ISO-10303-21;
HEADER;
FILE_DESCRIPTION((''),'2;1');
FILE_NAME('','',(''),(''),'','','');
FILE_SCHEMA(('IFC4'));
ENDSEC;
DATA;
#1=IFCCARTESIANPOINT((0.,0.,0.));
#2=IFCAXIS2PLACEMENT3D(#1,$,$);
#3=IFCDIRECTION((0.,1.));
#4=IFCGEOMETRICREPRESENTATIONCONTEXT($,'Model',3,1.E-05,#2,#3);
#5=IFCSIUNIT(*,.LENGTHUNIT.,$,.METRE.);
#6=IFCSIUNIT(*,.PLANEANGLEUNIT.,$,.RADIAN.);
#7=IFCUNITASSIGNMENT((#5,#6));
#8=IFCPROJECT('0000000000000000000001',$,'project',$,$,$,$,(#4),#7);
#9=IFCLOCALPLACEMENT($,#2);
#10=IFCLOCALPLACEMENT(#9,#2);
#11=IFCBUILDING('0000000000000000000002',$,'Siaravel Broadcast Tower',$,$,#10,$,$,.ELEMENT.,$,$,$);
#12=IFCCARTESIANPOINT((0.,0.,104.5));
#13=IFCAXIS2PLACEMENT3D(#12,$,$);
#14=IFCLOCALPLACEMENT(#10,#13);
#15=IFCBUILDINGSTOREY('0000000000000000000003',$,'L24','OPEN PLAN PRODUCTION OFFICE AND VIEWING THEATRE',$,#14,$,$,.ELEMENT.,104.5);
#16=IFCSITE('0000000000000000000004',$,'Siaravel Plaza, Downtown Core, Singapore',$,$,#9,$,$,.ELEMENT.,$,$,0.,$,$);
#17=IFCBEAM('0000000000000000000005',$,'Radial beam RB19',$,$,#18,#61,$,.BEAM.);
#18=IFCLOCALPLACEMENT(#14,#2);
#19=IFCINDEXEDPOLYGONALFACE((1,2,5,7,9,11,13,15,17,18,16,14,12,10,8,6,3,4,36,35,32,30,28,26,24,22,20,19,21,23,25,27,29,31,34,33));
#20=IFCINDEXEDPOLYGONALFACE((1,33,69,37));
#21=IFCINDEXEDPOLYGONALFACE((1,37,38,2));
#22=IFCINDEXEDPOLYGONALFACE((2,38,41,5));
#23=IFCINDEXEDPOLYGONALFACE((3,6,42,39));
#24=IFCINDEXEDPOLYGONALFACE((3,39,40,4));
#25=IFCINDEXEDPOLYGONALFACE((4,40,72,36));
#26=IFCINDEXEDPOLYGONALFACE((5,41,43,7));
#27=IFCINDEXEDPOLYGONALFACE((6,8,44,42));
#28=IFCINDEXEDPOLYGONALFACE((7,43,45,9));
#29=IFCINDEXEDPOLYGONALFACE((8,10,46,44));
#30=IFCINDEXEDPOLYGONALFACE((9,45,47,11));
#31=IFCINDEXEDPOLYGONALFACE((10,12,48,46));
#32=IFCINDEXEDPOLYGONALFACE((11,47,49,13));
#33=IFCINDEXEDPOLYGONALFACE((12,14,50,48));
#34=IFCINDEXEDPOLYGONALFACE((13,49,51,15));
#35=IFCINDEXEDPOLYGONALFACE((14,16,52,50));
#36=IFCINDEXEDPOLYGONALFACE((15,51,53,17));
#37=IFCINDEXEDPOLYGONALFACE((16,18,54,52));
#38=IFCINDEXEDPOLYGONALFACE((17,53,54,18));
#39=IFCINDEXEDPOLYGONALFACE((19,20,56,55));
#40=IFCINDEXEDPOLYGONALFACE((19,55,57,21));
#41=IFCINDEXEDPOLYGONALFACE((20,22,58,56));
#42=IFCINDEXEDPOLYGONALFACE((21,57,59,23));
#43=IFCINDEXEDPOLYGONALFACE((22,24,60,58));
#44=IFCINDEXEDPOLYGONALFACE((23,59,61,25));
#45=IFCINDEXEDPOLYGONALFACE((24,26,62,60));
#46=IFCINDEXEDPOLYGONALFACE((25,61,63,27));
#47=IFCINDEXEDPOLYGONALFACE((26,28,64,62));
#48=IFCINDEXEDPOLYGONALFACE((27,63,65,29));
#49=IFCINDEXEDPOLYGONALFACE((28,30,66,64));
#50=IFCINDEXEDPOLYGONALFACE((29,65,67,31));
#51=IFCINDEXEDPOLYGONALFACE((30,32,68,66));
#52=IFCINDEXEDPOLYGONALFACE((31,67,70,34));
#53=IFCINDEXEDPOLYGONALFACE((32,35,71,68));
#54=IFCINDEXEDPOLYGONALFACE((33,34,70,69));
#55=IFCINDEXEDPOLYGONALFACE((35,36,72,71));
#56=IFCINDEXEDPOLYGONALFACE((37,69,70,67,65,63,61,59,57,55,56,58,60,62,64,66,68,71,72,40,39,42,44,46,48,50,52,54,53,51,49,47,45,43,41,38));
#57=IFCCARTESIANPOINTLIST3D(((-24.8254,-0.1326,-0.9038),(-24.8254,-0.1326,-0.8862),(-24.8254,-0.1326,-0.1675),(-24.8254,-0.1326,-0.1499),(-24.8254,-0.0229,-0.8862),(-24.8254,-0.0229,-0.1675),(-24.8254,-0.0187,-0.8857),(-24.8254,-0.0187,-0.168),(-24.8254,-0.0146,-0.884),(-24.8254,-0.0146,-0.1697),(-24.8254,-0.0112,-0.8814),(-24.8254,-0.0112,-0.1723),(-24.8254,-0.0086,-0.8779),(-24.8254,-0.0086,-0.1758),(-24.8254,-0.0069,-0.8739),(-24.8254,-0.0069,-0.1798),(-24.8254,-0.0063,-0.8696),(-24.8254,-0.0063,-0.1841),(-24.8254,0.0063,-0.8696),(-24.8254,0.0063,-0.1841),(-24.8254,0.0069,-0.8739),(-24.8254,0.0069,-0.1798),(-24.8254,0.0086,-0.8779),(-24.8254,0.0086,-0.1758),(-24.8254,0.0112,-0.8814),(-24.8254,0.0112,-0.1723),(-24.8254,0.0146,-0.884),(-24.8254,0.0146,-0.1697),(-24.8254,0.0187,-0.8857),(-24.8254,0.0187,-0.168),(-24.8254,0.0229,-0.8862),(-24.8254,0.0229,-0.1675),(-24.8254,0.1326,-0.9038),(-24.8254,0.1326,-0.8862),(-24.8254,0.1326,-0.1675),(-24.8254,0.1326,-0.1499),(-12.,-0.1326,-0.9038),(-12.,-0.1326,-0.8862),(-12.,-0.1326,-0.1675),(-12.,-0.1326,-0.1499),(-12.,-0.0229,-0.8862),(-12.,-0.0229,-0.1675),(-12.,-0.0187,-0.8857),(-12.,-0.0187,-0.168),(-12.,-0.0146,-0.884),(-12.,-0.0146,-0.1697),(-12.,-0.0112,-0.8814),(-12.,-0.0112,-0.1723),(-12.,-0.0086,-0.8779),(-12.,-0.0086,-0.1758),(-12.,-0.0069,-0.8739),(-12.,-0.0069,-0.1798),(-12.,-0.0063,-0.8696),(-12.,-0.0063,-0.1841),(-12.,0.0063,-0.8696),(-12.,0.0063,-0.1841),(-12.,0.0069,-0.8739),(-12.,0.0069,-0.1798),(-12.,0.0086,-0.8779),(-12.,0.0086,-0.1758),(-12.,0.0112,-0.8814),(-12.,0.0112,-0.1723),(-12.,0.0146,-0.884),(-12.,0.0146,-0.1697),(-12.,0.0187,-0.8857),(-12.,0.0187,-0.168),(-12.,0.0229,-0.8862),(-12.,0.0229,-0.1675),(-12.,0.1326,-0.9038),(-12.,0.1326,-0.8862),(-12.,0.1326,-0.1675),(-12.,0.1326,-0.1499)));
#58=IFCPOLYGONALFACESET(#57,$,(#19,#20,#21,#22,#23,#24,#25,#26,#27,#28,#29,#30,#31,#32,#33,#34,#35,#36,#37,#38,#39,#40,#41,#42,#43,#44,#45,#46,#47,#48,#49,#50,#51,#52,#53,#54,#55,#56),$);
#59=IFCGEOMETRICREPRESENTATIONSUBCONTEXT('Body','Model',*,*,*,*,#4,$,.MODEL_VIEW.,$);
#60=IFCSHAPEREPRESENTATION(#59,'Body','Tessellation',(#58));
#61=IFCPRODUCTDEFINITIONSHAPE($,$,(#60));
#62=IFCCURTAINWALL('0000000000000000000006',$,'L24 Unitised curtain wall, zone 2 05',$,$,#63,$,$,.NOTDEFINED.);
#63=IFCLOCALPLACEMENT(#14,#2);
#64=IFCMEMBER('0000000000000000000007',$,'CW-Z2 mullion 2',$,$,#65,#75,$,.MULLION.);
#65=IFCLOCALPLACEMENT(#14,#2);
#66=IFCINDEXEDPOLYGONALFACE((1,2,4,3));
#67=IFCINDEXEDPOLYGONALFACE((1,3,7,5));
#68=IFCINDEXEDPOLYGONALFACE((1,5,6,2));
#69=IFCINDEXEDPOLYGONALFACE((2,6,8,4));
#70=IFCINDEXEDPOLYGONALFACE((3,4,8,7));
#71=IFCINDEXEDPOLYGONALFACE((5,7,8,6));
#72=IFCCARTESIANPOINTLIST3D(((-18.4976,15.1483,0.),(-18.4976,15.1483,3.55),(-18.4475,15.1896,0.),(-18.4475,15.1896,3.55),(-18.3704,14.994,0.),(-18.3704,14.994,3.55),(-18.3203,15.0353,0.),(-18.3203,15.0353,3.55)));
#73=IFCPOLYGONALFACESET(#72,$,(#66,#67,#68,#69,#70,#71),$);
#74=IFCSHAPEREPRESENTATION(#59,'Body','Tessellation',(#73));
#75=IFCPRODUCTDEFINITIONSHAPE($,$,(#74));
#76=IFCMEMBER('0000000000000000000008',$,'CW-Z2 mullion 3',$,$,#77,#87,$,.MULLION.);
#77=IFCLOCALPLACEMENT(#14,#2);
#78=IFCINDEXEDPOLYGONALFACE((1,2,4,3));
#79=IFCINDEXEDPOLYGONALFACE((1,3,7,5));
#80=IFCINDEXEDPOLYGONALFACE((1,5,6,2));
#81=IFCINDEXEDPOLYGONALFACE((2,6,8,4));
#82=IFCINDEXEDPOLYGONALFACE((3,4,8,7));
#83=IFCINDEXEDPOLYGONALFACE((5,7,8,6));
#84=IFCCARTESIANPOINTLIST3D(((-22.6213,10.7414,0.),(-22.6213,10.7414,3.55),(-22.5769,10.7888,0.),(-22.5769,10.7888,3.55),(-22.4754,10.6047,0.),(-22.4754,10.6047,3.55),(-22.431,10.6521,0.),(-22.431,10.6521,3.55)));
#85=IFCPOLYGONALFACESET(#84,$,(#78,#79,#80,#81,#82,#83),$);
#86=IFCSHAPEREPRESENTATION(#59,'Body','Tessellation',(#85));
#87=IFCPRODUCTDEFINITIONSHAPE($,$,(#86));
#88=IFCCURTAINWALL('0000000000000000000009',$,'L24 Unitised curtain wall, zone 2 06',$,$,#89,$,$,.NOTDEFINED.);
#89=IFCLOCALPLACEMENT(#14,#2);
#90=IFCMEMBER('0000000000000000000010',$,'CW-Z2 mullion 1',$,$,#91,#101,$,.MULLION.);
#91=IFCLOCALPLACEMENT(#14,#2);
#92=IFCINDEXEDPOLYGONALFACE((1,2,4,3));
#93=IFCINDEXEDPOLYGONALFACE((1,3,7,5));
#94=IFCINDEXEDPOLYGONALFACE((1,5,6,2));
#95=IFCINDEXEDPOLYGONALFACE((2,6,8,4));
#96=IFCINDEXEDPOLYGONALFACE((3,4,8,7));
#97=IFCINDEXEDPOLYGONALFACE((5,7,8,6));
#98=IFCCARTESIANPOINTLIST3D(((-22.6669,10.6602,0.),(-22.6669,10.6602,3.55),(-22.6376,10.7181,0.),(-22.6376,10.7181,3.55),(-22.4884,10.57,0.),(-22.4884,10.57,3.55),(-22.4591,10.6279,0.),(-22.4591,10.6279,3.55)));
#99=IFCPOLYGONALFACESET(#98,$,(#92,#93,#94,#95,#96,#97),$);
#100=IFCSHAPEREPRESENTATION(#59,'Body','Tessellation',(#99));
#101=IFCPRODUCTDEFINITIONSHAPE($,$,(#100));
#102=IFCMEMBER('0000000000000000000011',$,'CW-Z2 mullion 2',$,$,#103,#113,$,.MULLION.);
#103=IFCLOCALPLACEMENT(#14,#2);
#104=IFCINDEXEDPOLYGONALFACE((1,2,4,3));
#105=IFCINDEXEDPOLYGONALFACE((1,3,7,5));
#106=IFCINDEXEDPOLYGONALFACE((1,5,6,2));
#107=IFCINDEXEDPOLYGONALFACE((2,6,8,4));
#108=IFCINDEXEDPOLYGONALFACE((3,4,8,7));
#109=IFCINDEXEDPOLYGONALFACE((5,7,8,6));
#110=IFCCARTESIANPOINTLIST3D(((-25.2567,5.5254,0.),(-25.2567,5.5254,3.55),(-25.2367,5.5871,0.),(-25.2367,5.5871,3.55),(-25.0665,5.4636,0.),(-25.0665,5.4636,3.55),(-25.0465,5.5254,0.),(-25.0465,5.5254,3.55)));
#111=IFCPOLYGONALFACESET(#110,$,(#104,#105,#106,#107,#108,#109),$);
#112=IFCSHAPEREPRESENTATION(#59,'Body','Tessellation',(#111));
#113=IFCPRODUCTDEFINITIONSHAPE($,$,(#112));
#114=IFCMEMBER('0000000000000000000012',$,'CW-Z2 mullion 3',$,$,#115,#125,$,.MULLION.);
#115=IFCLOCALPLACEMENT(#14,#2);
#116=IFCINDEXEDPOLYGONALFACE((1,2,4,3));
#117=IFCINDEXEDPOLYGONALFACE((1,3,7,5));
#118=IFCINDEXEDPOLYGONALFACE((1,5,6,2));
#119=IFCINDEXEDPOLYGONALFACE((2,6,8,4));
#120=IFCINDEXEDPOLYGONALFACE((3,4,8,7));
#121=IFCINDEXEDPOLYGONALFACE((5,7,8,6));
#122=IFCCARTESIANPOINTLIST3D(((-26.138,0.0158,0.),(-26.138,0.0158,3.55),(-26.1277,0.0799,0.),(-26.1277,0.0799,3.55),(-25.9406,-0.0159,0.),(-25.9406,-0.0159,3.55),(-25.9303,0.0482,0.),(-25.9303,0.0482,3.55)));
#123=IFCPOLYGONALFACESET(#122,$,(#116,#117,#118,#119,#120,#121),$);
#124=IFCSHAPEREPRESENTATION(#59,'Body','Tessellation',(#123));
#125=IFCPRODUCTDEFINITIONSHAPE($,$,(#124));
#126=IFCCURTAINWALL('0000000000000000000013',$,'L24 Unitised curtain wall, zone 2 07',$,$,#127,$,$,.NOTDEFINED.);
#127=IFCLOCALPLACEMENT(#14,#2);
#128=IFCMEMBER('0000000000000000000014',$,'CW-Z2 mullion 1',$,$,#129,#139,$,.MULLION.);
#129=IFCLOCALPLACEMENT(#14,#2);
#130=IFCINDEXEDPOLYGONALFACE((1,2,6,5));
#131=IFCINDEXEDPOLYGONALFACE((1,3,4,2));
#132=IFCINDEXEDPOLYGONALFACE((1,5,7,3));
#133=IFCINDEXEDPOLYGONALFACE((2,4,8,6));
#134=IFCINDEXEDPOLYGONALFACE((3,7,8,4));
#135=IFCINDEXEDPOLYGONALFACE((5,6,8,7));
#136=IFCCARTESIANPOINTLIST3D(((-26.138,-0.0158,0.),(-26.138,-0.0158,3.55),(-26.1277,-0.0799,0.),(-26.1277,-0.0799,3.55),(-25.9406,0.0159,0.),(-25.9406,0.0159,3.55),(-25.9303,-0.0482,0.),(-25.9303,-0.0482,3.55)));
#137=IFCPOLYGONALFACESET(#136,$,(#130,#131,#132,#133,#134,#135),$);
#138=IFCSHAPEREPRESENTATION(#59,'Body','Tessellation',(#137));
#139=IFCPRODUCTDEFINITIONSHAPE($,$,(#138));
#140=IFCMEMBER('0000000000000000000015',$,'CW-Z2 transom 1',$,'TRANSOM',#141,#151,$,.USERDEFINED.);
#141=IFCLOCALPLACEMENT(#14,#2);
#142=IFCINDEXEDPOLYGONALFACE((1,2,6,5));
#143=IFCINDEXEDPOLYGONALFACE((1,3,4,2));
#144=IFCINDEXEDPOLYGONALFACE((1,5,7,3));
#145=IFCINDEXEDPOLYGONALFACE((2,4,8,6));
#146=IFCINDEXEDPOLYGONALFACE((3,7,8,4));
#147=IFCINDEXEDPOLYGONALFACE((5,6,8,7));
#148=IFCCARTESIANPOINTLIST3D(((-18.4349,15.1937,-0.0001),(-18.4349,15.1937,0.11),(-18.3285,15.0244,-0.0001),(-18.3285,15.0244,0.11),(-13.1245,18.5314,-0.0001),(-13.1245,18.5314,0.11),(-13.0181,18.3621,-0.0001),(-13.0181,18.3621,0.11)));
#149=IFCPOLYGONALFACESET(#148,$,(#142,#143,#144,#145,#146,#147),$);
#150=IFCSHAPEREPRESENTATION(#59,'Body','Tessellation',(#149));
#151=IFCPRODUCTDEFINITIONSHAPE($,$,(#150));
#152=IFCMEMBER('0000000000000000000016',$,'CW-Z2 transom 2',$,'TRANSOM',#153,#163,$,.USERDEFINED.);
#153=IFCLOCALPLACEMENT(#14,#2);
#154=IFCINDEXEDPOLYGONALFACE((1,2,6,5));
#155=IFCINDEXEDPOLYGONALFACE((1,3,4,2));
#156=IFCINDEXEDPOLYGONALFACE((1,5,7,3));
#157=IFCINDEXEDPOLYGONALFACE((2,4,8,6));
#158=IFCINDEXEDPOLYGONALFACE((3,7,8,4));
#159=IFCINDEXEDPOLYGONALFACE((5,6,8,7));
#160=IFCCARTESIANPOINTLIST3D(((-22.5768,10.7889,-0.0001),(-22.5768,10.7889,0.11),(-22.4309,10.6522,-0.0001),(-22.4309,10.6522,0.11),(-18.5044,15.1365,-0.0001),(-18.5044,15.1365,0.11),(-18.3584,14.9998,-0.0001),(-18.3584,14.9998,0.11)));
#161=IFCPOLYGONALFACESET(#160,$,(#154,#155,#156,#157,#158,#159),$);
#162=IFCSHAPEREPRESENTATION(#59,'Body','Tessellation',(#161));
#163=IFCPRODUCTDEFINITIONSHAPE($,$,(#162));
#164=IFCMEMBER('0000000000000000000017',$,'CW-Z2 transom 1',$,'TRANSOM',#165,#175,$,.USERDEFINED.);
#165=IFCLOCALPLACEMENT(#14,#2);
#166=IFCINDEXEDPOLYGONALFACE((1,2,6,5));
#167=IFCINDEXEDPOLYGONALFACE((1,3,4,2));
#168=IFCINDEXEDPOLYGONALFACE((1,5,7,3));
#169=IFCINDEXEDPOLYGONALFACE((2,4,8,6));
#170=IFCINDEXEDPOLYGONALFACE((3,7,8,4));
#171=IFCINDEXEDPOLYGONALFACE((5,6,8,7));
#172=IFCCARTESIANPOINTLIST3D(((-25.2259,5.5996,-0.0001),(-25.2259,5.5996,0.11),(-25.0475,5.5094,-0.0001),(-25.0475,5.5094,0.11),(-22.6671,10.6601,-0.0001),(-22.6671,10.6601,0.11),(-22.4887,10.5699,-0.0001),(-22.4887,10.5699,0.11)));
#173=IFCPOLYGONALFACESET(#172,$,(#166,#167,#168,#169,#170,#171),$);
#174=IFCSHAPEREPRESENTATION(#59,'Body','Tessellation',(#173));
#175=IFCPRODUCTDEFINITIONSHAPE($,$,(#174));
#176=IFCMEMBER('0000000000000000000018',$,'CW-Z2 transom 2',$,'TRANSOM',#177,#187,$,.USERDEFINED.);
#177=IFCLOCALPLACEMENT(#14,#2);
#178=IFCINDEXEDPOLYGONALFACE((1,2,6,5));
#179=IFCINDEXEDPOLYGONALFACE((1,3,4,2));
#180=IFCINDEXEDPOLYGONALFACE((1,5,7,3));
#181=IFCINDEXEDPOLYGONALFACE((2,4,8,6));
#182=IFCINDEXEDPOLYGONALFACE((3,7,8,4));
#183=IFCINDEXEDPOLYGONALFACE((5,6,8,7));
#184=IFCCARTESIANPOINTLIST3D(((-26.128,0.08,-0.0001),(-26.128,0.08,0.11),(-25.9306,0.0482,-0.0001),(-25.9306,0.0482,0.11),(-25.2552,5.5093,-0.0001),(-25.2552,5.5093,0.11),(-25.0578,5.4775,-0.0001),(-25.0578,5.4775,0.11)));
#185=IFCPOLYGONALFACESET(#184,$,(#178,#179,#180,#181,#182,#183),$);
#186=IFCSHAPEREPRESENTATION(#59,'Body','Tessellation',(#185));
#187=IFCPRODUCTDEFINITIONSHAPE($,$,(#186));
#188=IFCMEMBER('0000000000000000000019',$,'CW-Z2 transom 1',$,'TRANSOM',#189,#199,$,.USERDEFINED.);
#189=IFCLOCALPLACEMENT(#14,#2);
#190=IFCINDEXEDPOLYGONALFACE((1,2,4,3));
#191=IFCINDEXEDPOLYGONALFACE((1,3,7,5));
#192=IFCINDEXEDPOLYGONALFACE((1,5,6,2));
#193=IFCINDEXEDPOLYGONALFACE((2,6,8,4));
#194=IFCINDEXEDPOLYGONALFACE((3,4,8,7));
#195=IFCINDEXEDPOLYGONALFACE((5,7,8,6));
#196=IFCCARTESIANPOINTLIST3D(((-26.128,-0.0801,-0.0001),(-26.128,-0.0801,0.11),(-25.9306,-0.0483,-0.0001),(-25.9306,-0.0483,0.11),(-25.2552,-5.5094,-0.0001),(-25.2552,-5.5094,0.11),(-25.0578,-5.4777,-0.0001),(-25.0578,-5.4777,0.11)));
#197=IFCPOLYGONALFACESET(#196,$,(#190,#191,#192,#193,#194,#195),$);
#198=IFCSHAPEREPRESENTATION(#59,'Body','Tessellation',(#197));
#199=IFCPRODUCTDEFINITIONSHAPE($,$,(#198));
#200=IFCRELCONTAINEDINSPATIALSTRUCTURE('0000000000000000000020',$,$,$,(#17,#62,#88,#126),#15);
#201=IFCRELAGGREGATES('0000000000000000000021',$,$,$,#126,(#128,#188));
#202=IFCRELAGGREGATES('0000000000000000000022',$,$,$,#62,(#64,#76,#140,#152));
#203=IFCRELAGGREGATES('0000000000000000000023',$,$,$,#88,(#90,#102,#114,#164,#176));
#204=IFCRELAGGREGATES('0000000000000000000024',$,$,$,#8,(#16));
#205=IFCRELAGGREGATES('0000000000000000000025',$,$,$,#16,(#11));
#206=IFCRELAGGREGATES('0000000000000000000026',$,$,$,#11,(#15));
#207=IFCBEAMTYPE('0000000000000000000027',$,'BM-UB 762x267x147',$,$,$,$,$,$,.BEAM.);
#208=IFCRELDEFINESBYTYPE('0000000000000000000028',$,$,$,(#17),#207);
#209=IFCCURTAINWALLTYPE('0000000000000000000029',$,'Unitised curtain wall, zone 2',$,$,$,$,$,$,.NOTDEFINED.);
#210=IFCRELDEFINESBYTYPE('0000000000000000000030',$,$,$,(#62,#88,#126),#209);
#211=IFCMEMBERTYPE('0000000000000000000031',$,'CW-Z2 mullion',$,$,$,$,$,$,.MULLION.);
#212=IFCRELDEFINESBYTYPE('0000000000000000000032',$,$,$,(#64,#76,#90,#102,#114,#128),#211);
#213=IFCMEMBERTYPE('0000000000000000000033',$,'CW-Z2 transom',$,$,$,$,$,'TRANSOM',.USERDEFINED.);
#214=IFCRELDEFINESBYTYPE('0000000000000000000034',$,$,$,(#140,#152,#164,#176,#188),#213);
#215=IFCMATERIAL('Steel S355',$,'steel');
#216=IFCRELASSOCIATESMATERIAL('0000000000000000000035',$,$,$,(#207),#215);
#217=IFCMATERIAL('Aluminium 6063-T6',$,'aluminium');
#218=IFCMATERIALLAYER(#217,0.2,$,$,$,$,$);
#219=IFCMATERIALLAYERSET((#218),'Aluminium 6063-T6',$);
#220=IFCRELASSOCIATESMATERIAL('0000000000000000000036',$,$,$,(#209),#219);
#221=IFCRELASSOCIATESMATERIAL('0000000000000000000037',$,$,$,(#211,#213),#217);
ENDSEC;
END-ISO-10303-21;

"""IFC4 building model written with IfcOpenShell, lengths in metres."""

from ifc_helpers import new_model, si_unit, direction, frame, origin, origin_2d, place, context, subcontext, project, spatial, rectangle, i_section, extrude, material, layer, layer_set, material_profile, profile_set, type_object, element, aggregate, save


model = new_model("IFC4")

# Units and contexts
model_context = context("Model", 3, precision=1e-05, world=origin(), true_north=direction((0.0, 1.0)))
body_context = subcontext(model_context, "Body", "Model", "MODEL_VIEW")
ifc_project = project(units=[si_unit("LENGTHUNIT", "METRE"), si_unit("PLANEANGLEUNIT", "RADIAN")], contexts=[model_context])

# Site, building, storey
site_placement = place(None, origin())
site = spatial("IfcSite", under=ifc_project, at=site_placement, Name="Siaravel Plaza, Downtown Core, Singapore", CompositionType="ELEMENT", RefElevation=0.0)
building_placement = place(site_placement, origin())
building = spatial("IfcBuilding", under=site, at=building_placement, Name="Siaravel Broadcast Tower", CompositionType="ELEMENT")
storey_placement = place(building_placement, frame((0.0, 0.0, 104.5)))
storey = spatial("IfcBuildingStorey", under=building, at=storey_placement, Name="L24", Description="OPEN PLAN PRODUCTION OFFICE AND VIEWING THEATRE", CompositionType="ELEMENT", Elevation=104.5)

# Beam
ifc_material_1 = material(Name="Steel S355", Category="steel")
ifc_material_profile_1 = material_profile(ifc_material_1, i_section(OverallWidth=0.2651, OverallDepth=0.7539, WebThickness=0.0127, FlangeThickness=0.0176, FilletRadius=0.0166, at=origin_2d()))
ifc_profile_set_1 = profile_set([ifc_material_profile_1], Name="Steel S355")
beam_type = type_object("IfcBeamType", Name="BM-UB 762x267x147", PredefinedType="BEAM", material=ifc_profile_set_1)
beam_1_placement = place(storey_placement, frame((-24.8254, 0.0, -0.5269), z_axis=(1.0, 0.0, 0.0), x_axis=(0.0, 1.0, 0.0)))
element("IfcBeam", 1, at=beam_1_placement, inside=storey, type_object=beam_type, Name="Radial beam RB19", PredefinedType="BEAM", context=body_context, shape_type="SweptSolid", body=[
    extrude(i_section(OverallWidth=0.2651, OverallDepth=0.7539, WebThickness=0.0127, FlangeThickness=0.0176, FilletRadius=0.0166, at=origin_2d()), origin(), (0.0, 0.0, 1.0), 12.8254),
])

# Curtain walls, members
ifc_material_2 = material(Name="Aluminium 6063-T6", Category="aluminium")
ifc_layer_1 = layer(ifc_material_2, 0.2)
ifc_layer_set_1 = layer_set([ifc_layer_1], Name="Aluminium 6063-T6")
curtain_wall_type = type_object("IfcCurtainWallType", Name="Unitised curtain wall, zone 2", PredefinedType="NOTDEFINED", material=ifc_layer_set_1)
curtain_wall_1_placement = place(storey_placement, origin())
curtain_wall_1 = element("IfcCurtainWall", 2, at=curtain_wall_1_placement, inside=storey, type_object=curtain_wall_type, Name="L24 Unitised curtain wall, zone 2 05", PredefinedType="NOTDEFINED")
ifc_material_profile_2 = material_profile(ifc_material_2, rectangle(XDim=0.2, YDim=0.0649, at=origin_2d()))
ifc_profile_set_2 = profile_set([ifc_material_profile_2], Name="Aluminium 6063-T6")
member_type_1 = type_object("IfcMemberType", Name="CW-Z2 mullion", PredefinedType="MULLION", material=ifc_profile_set_2)
member_1_placement = place(storey_placement, frame((-18.4089, 15.0918, 0.0), z_axis=(0.0, 0.0, 1.0), x_axis=(0.636218, -0.771509, 0.0)))
member_1 = element("IfcMember", 3, at=member_1_placement, type_object=member_type_1, Name="CW-Z2 mullion 2", PredefinedType="MULLION", context=body_context, shape_type="SweptSolid", body=[
    extrude(rectangle(XDim=0.2, YDim=0.0649, at=origin_2d()), origin(), (0.0, 0.0, 1.0), 3.55),
])
member_2_placement = place(storey_placement, frame((-22.5261, 10.6968, 0.0), z_axis=(0.0, 0.0, 1.0), x_axis=(0.729805, -0.683656, 0.0)))
member_2 = element("IfcMember", 4, at=member_2_placement, type_object=member_type_1, Name="CW-Z2 mullion 3", PredefinedType="MULLION", context=body_context, shape_type="SweptSolid", body=[
    extrude(rectangle(XDim=0.2, YDim=0.0649, at=origin_2d()), origin(), (0.0, 0.0, 1.0), 3.55),
])
curtain_wall_2_placement = place(storey_placement, origin())
curtain_wall_2 = element("IfcCurtainWall", 5, at=curtain_wall_2_placement, inside=storey, type_object=curtain_wall_type, Name="L24 Unitised curtain wall, zone 2 06", PredefinedType="NOTDEFINED")
member_3_placement = place(storey_placement, frame((-22.563, 10.644, 0.0), z_axis=(0.0, 0.0, 1.0), x_axis=(0.892392, -0.451261, 0.0)))
member_3 = element("IfcMember", 6, at=member_3_placement, type_object=member_type_1, Name="CW-Z2 mullion 1", PredefinedType="MULLION", context=body_context, shape_type="SweptSolid", body=[
    extrude(rectangle(XDim=0.2, YDim=0.0649, at=origin_2d()), origin(), (0.0, 0.0, 1.0), 3.55),
])
member_4_placement = place(storey_placement, frame((-25.1516, 5.5254, 0.0), z_axis=(0.0, 0.0, 1.0), x_axis=(0.951177, -0.308646, 0.0)))
member_4 = element("IfcMember", 7, at=member_4_placement, type_object=member_type_1, Name="CW-Z2 mullion 2", PredefinedType="MULLION", context=body_context, shape_type="SweptSolid", body=[
    extrude(rectangle(XDim=0.2, YDim=0.0649, at=origin_2d()), origin(), (0.0, 0.0, 1.0), 3.55),
])
member_5_placement = place(storey_placement, frame((-26.0342, 0.032, 0.0), z_axis=(0.0, 0.0, 1.0), x_axis=(0.987329, -0.158686, 0.0)))
member_5 = element("IfcMember", 8, at=member_5_placement, type_object=member_type_1, Name="CW-Z2 mullion 3", PredefinedType="MULLION", context=body_context, shape_type="SweptSolid", body=[
    extrude(rectangle(XDim=0.2, YDim=0.0649, at=origin_2d()), origin(), (0.0, 0.0, 1.0), 3.55),
])

# Curtain wall, member
curtain_wall_3_placement = place(storey_placement, origin())
curtain_wall_3 = element("IfcCurtainWall", 9, at=curtain_wall_3_placement, inside=storey, type_object=curtain_wall_type, Name="L24 Unitised curtain wall, zone 2 07", PredefinedType="NOTDEFINED")
member_6_placement = place(storey_placement, frame((-26.0342, -0.032, 0.0), z_axis=(0.0, 0.0, 1.0), x_axis=(0.987329, 0.158686, 0.0)))
member_6 = element("IfcMember", 10, at=member_6_placement, type_object=member_type_1, Name="CW-Z2 mullion 1", PredefinedType="MULLION", context=body_context, shape_type="SweptSolid", body=[
    extrude(rectangle(XDim=0.2, YDim=0.0649, at=origin_2d()), origin(), (0.0, 0.0, 1.0), 3.55),
])

# Members
ifc_material_profile_3 = material_profile(ifc_material_2, rectangle(XDim=0.2, YDim=0.1101, at=origin_2d()))
ifc_profile_set_3 = profile_set([ifc_material_profile_3], Name="Aluminium 6063-T6")
member_type_2 = type_object("IfcMemberType", Name="CW-Z2 transom", ElementType="TRANSOM", PredefinedType="USERDEFINED", material=ifc_profile_set_3)
member_7_placement = place(storey_placement, frame((-13.0713, 18.4468, 0.0549), z_axis=(-0.846655, -0.532142, 0.0), x_axis=(0.532142, -0.846655, 0.0)))
member_7 = element("IfcMember", 11, at=member_7_placement, type_object=member_type_2, Name="CW-Z2 transom 1", ObjectType="TRANSOM", PredefinedType="USERDEFINED", context=body_context, shape_type="SweptSolid", body=[
    extrude(rectangle(XDim=0.2, YDim=0.1101, at=origin_2d()), origin(), (0.0, 0.0, 1.0), 6.2722),
])
member_8_placement = place(storey_placement, frame((-18.4314, 15.0681, 0.0549), z_axis=(-0.683636, -0.729823, 0.0), x_axis=(0.729823, -0.683636, 0.0)))
member_8 = element("IfcMember", 12, at=member_8_placement, type_object=member_type_2, Name="CW-Z2 transom 2", ObjectType="TRANSOM", PredefinedType="USERDEFINED", context=body_context, shape_type="SweptSolid", body=[
    extrude(rectangle(XDim=0.2, YDim=0.1101, at=origin_2d()), origin(), (0.0, 0.0, 1.0), 5.957),
])
member_9_placement = place(storey_placement, frame((-22.5779, 10.615, 0.0549), z_axis=(-0.451239, -0.892403, 0.0), x_axis=(0.892403, -0.451239, 0.0)))
member_9 = element("IfcMember", 13, at=member_9_placement, type_object=member_type_2, Name="CW-Z2 transom 1", ObjectType="TRANSOM", PredefinedType="USERDEFINED", context=body_context, shape_type="SweptSolid", body=[
    extrude(rectangle(XDim=0.2, YDim=0.1101, at=origin_2d()), origin(), (0.0, 0.0, 1.0), 5.6707),
])
member_10_placement = place(storey_placement, frame((-25.1565, 5.4934, 0.0549), z_axis=(-0.158723, -0.987323, 0.0), x_axis=(0.987323, -0.158723, 0.0)))
member_10 = element("IfcMember", 14, at=member_10_placement, type_object=member_type_2, Name="CW-Z2 transom 2", ObjectType="TRANSOM", PredefinedType="USERDEFINED", context=body_context, shape_type="SweptSolid", body=[
    extrude(rectangle(XDim=0.2, YDim=0.1101, at=origin_2d()), origin(), (0.0, 0.0, 1.0), 5.499),
])
member_11_placement = place(storey_placement, frame((-26.0293, -0.0642, 0.0549), z_axis=(0.158723, -0.987323, 0.0), x_axis=(0.987323, 0.158723, 0.0)))
member_11 = element("IfcMember", 15, at=member_11_placement, type_object=member_type_2, Name="CW-Z2 transom 1", ObjectType="TRANSOM", PredefinedType="USERDEFINED", context=body_context, shape_type="SweptSolid", body=[
    extrude(rectangle(XDim=0.2, YDim=0.1101, at=origin_2d()), origin(), (0.0, 0.0, 1.0), 5.499),
])
aggregate(curtain_wall_3, [member_6, member_11])

aggregate(curtain_wall_1, [member_1, member_2, member_7, member_8])
aggregate(curtain_wall_2, [member_3, member_4, member_5, member_9, member_10])

save(model, "model.ifc")
